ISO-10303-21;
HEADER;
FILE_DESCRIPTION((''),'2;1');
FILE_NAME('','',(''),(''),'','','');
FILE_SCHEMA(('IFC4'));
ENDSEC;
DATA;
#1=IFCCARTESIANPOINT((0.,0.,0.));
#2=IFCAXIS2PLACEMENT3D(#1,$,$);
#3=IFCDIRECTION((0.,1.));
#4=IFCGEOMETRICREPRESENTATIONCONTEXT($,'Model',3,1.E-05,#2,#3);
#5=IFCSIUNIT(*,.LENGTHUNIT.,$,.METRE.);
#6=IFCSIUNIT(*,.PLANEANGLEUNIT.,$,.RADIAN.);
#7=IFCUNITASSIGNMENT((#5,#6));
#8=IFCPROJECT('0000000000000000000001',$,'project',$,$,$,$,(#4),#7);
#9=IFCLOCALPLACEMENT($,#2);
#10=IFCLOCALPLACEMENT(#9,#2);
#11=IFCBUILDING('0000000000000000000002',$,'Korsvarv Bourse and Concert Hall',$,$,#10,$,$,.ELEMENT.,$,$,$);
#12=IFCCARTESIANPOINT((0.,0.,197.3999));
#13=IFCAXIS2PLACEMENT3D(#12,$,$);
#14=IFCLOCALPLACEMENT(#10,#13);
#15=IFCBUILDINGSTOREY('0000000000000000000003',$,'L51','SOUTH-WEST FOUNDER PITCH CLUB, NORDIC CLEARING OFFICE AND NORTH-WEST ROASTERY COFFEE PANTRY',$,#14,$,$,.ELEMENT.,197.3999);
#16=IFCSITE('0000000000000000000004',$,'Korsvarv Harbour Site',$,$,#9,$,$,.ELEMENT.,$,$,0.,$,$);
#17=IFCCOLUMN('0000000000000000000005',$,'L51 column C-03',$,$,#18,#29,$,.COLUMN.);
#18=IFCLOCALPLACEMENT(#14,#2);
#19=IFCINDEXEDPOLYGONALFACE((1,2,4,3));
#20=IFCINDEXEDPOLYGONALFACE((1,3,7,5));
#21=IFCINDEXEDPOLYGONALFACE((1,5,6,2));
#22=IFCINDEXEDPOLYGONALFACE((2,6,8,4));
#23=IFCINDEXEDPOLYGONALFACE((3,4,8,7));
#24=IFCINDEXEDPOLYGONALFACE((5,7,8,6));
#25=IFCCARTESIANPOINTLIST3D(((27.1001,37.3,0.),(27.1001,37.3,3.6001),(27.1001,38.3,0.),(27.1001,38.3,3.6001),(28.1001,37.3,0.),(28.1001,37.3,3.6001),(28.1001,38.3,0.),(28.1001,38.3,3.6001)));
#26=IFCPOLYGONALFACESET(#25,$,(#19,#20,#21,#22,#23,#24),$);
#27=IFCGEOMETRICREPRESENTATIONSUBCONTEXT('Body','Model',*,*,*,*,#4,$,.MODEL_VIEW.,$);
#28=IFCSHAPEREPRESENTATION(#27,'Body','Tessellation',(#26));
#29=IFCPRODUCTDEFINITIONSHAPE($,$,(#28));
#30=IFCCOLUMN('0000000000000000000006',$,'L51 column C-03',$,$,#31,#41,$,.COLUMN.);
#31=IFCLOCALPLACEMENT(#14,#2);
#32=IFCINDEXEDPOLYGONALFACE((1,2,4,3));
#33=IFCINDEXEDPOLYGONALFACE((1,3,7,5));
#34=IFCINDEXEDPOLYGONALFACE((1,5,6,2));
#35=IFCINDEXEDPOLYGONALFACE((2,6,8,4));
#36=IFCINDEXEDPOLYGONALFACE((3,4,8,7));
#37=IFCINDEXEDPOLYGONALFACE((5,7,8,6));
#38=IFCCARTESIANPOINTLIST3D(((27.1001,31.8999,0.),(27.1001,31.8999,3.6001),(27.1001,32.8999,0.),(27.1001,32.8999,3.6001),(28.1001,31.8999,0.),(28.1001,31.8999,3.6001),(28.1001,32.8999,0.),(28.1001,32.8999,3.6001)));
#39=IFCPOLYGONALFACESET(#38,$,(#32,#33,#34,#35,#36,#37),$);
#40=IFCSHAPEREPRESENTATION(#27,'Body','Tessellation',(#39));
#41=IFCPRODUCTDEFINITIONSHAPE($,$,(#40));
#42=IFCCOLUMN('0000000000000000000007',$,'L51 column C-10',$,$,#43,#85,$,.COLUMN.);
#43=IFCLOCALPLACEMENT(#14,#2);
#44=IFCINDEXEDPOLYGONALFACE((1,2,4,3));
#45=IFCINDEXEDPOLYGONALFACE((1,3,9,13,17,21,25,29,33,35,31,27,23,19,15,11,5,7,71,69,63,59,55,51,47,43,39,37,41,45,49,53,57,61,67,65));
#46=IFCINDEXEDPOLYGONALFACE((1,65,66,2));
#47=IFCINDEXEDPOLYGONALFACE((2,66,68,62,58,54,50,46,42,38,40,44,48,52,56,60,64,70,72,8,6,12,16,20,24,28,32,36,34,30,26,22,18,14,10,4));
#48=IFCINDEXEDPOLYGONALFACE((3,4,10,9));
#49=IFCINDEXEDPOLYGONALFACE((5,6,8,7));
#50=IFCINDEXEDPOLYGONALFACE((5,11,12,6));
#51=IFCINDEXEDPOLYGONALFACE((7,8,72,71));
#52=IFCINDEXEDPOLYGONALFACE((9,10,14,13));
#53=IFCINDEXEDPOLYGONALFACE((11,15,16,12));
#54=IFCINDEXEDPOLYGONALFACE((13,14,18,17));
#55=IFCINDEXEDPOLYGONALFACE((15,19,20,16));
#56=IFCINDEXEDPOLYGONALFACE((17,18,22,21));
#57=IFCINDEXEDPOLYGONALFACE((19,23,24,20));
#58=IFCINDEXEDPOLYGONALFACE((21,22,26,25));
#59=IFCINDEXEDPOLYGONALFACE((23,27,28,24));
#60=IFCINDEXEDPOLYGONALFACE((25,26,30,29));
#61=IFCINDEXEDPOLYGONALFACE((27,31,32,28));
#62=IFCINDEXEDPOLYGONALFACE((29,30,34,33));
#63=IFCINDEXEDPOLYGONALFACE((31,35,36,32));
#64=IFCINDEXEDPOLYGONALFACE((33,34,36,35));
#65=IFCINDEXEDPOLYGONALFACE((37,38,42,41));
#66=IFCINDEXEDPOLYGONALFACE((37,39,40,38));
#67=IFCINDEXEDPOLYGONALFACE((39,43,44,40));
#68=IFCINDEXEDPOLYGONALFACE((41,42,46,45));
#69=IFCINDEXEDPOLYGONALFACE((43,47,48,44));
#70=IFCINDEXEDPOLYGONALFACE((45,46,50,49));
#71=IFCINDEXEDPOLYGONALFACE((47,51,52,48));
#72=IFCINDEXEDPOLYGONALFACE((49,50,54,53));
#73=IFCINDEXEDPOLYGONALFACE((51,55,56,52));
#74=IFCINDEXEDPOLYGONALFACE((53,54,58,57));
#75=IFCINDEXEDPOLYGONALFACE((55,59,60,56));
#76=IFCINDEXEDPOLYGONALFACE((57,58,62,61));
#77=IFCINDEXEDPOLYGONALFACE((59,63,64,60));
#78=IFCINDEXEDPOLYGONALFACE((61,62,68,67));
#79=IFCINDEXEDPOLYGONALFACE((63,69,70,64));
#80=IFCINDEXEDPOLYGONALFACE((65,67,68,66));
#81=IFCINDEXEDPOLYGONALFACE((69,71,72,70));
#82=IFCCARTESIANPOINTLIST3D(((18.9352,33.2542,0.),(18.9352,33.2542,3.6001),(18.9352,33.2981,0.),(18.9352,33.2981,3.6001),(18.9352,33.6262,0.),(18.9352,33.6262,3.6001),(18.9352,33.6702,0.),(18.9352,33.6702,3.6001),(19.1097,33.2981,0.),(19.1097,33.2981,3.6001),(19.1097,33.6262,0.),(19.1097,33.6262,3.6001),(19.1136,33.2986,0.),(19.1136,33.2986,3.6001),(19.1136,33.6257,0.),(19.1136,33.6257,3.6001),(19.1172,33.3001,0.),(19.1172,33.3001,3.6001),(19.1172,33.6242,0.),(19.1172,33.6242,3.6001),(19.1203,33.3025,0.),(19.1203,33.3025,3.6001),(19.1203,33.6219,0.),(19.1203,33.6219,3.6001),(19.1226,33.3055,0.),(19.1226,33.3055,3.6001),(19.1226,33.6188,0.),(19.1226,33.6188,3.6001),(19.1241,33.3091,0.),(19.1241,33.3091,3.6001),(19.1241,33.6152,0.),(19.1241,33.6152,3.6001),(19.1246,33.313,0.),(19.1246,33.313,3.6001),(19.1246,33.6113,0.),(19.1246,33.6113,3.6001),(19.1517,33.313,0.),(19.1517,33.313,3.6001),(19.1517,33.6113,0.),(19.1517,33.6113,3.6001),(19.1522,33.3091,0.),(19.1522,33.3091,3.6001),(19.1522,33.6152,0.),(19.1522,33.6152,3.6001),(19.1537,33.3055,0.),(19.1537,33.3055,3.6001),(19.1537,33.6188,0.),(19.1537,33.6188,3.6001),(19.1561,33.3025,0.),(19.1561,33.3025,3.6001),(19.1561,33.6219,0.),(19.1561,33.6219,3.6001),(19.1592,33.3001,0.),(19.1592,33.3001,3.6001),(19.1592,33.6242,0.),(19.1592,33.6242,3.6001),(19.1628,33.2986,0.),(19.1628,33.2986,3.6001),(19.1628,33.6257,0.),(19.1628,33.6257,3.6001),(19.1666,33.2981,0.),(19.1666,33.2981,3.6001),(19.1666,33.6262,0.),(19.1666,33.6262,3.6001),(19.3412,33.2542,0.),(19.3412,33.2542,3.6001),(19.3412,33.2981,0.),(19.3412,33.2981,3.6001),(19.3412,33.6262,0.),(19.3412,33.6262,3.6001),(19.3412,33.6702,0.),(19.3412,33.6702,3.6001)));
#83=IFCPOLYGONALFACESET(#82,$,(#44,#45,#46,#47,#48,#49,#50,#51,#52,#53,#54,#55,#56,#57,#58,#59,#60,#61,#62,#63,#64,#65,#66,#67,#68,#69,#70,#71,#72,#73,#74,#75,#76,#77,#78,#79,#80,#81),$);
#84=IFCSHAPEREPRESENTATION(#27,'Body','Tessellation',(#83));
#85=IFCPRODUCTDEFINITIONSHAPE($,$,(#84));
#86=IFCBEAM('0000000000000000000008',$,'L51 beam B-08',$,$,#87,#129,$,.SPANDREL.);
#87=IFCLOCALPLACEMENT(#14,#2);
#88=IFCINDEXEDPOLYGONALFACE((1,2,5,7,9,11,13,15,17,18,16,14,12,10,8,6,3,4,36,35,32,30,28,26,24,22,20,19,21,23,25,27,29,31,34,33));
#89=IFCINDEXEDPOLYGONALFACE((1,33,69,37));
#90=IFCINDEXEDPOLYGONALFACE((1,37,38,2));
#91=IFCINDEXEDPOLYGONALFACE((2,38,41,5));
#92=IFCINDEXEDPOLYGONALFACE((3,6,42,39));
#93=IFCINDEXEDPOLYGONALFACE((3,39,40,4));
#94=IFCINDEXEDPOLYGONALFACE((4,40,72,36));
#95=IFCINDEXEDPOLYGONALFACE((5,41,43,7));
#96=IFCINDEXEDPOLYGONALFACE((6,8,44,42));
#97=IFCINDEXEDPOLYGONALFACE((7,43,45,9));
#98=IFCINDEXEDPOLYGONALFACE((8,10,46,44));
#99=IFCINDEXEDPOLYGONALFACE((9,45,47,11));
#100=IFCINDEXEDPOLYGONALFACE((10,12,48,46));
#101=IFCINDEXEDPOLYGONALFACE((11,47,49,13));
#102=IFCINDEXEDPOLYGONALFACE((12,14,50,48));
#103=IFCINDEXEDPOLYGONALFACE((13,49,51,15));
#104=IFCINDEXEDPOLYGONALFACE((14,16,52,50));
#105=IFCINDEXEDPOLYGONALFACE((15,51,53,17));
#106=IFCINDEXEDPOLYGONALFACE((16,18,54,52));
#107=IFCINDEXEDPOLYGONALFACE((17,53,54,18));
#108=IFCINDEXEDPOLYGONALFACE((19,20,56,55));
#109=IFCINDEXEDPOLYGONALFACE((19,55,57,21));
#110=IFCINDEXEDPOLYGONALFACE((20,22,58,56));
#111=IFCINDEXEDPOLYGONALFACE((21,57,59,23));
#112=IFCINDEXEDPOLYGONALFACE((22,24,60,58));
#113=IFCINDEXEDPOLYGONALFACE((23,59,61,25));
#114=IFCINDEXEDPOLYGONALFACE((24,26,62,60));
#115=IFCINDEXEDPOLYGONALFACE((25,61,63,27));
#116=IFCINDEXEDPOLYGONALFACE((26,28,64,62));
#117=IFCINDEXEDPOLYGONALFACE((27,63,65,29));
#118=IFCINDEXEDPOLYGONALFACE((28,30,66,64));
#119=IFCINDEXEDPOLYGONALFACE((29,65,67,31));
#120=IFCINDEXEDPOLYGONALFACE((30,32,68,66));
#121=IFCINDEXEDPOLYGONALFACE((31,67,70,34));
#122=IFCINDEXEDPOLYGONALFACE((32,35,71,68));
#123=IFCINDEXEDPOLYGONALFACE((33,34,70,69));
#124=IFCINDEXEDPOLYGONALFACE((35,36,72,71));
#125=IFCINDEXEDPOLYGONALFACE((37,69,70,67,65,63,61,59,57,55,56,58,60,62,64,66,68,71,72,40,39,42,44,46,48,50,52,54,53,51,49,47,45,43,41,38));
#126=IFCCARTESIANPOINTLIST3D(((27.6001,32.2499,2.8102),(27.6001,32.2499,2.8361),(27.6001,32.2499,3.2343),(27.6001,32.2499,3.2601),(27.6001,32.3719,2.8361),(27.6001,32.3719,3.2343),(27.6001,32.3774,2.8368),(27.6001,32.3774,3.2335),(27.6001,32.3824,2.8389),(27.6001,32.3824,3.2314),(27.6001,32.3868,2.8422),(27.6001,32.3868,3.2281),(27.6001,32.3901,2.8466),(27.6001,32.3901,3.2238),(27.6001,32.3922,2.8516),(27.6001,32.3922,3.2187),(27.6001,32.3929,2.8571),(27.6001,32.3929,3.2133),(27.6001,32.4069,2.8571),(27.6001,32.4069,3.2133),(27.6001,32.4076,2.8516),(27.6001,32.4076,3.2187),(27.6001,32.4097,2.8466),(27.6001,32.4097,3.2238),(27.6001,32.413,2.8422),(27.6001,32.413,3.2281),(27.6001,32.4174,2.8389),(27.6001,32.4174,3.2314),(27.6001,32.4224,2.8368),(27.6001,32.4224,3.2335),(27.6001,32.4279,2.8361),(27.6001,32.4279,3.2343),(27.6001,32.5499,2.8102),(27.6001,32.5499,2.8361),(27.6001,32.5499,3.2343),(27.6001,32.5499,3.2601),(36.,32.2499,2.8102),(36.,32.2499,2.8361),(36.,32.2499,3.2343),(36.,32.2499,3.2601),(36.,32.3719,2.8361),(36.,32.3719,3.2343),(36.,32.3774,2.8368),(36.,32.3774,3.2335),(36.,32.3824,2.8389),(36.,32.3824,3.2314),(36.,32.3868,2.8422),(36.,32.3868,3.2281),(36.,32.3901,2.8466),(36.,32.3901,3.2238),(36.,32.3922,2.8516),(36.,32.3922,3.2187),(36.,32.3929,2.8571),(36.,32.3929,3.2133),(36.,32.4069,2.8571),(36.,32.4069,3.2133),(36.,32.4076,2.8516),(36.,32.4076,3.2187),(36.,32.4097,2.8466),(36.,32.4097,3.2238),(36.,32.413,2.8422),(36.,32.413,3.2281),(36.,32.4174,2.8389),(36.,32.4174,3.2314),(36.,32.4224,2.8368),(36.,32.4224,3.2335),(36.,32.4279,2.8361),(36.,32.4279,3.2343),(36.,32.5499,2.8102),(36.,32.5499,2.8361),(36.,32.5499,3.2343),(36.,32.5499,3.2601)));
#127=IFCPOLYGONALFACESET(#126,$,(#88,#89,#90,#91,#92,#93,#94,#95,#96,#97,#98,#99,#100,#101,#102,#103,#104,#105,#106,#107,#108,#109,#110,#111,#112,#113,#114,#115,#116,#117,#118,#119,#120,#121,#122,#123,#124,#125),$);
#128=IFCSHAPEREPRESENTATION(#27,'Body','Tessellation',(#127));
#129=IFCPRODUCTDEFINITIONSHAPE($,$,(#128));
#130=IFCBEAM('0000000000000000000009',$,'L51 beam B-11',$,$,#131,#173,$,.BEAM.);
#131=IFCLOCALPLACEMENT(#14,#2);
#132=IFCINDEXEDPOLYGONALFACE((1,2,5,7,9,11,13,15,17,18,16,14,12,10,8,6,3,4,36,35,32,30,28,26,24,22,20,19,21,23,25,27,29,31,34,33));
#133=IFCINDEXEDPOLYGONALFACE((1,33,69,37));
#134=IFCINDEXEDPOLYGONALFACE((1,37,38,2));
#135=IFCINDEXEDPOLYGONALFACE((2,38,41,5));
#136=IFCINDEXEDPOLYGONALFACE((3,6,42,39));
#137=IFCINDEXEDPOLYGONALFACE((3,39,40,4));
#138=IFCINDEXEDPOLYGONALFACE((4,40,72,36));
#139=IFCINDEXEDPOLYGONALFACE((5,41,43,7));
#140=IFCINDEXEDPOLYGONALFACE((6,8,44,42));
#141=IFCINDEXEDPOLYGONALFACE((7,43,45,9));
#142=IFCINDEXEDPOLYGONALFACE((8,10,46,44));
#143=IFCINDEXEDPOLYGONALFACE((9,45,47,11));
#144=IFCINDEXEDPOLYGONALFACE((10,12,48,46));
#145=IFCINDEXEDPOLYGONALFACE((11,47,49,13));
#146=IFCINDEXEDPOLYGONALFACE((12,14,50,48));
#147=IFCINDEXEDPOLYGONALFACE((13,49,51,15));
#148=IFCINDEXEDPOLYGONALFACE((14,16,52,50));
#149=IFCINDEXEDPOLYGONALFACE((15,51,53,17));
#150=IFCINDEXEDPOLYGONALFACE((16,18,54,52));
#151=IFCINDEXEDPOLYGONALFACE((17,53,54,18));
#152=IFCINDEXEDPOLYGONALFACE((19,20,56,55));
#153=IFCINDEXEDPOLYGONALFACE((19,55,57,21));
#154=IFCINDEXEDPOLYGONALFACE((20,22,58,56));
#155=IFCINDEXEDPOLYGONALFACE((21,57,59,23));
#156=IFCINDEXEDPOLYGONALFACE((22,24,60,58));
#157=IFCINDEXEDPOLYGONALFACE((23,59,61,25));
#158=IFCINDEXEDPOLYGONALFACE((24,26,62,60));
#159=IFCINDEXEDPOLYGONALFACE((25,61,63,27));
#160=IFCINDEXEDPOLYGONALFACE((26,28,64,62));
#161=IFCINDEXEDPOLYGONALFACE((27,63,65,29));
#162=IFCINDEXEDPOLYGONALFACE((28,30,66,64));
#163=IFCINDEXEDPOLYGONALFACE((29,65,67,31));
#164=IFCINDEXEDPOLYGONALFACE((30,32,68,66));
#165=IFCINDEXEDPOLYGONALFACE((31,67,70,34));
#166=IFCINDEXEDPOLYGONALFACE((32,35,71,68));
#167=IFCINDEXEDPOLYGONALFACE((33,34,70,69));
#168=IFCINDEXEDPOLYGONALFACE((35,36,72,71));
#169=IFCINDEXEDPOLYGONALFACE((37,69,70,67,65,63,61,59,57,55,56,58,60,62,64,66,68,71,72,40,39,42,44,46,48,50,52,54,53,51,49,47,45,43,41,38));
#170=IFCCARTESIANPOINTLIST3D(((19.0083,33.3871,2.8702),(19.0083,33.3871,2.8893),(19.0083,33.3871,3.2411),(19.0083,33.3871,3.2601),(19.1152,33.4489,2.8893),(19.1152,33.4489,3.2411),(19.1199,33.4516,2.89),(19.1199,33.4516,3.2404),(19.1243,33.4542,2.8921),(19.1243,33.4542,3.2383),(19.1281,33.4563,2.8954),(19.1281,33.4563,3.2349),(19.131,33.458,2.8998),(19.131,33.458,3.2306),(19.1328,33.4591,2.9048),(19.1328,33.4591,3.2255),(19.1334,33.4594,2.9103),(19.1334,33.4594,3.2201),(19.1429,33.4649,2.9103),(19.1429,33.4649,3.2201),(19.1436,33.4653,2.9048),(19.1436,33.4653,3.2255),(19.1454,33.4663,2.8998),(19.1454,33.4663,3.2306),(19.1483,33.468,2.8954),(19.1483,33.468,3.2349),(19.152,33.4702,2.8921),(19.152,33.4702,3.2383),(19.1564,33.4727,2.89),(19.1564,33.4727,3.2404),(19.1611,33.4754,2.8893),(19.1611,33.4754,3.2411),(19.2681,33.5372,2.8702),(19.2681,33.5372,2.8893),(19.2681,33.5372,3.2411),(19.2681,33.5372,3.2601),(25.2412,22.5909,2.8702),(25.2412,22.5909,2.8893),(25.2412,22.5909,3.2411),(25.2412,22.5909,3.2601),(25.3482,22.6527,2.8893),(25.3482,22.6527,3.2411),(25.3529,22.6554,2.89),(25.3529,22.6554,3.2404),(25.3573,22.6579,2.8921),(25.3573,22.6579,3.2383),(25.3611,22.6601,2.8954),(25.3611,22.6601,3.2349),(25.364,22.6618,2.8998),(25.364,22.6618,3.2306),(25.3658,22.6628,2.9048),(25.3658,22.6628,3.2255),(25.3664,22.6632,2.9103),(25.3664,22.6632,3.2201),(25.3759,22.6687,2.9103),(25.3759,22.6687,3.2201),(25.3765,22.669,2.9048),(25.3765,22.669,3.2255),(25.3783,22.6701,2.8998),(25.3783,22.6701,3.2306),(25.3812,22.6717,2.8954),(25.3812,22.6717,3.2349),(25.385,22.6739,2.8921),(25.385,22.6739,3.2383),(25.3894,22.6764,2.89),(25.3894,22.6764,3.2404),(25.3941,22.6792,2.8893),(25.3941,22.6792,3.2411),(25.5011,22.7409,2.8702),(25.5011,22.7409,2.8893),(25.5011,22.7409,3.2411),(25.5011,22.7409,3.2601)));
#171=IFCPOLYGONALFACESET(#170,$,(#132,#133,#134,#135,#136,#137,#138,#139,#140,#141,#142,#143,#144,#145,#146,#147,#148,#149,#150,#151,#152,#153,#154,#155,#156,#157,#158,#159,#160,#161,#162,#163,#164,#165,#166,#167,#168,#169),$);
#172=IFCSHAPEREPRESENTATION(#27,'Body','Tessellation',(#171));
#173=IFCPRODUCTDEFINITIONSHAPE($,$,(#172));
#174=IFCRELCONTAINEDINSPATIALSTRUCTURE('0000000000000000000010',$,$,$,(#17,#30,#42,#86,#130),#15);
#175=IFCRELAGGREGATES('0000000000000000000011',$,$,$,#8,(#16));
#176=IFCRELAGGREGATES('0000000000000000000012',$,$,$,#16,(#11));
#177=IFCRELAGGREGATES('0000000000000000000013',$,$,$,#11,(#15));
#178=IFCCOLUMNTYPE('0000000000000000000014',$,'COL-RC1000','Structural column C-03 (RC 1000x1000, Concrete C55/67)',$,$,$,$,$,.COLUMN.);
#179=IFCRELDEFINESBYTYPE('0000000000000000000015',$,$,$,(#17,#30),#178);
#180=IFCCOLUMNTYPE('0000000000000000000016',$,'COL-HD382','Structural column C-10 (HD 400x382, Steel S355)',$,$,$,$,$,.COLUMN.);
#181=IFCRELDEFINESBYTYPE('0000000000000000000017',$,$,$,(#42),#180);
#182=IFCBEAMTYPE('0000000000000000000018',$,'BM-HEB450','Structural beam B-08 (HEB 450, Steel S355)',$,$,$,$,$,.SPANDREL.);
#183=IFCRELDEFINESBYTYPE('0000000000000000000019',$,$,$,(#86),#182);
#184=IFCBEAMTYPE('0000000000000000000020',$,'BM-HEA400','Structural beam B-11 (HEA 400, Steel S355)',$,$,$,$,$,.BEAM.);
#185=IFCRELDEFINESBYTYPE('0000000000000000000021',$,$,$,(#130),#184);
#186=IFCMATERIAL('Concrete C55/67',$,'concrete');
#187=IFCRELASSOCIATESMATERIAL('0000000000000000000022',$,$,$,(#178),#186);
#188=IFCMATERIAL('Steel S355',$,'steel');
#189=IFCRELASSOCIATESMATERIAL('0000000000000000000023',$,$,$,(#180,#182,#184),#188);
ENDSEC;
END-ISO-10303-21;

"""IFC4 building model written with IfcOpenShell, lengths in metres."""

from ifc_helpers import new_model, si_unit, direction, frame, origin, origin_2d, place, context, subcontext, project, spatial, rectangle, i_section, extrude, source, transform, mapped, material, material_profile, profile_set, type_object, element, save


model = new_model("IFC4")

# Units and contexts
model_context = context("Model", 3, precision=1e-05, world=origin(), true_north=direction((0.0, 1.0)))
body_context = subcontext(model_context, "Body", "Model", "MODEL_VIEW")
ifc_project = project(units=[si_unit("LENGTHUNIT", "METRE"), si_unit("PLANEANGLEUNIT", "RADIAN")], contexts=[model_context])

# Site, building, storey
site_placement = place(None, origin())
site = spatial("IfcSite", under=ifc_project, at=site_placement, Name="Korsvarv Harbour Site", CompositionType="ELEMENT", RefElevation=0.0)
building_placement = place(site_placement, origin())
building = spatial("IfcBuilding", under=site, at=building_placement, Name="Korsvarv Bourse and Concert Hall", CompositionType="ELEMENT")
storey_placement = place(building_placement, frame((0.0, 0.0, 197.3999)))
storey = spatial("IfcBuildingStorey", under=building, at=storey_placement, Name="L51", Description="SOUTH-WEST FOUNDER PITCH CLUB, NORDIC CLEARING OFFICE AND NORTH-WEST ROASTERY COFFEE PANTRY", CompositionType="ELEMENT", Elevation=197.3999)

# Columns
ifc_material_1 = material(Name="Concrete C55/67", Category="concrete")
ifc_material_profile_1 = material_profile(ifc_material_1, rectangle(XDim=1.0, YDim=1.0, at=origin_2d()), Name="RC 1000x1000")
ifc_profile_set_1 = profile_set([ifc_material_profile_1], Name="Concrete C55/67")
column_type_1 = type_object("IfcColumnType", Name="COL-RC1000", Description="Structural column C-03 (RC 1000x1000, Concrete C55/67)", PredefinedType="COLUMN", material=ifc_profile_set_1)
shared_shape_1 = source(origin(), body_context, "Body", "SweptSolid", [
    extrude(rectangle(XDim=1.0, YDim=1.0, at=origin_2d()), origin(), (0.0, 0.0, 1.0), 3.6001),
])
for number, where, z_axis, x_axis, name in (
    (1, (27.6001, 37.8, 0.0), (0.0, 0.0, 1.0), (1.0, 0.0, 0.0), "L51 column C-03"),
    (2, (27.6001, 32.3999, 0.0), (0.0, 0.0, 1.0), (1.0, 0.0, 0.0), "L51 column C-03"),
):
    element("IfcColumn", number, at=place(storey_placement, frame(where, z_axis=z_axis, x_axis=x_axis)), inside=storey, type_object=column_type_1, Name=name, PredefinedType="COLUMN", context=body_context, shape_type="MappedRepresentation", body=[
        mapped(shared_shape_1, transform((0.0, 0.0, 0.0), scale=1.0)),
    ])
ifc_material_2 = material(Name="Steel S355", Category="steel")
ifc_material_profile_2 = material_profile(ifc_material_2, i_section(OverallWidth=0.406, OverallDepth=0.416, WebThickness=0.0271, FlangeThickness=0.0439, FilletRadius=0.0149, at=origin_2d()), Name="HD 400x382")
ifc_profile_set_2 = profile_set([ifc_material_profile_2], Name="Steel S355")
column_type_2 = type_object("IfcColumnType", Name="COL-HD382", Description="Structural column C-10 (HD 400x382, Steel S355)", PredefinedType="COLUMN", material=ifc_profile_set_2)
shared_shape_2 = source(origin(), body_context, "Body", "SweptSolid", [
    extrude(i_section(OverallWidth=0.406, OverallDepth=0.416, WebThickness=0.0271, FlangeThickness=0.0439, FilletRadius=0.0149, at=origin_2d()), origin(), (0.0, 0.0, 1.0), 3.6001),
])
column_placement = place(storey_placement, frame((19.1382, 33.4622, 0.0), z_axis=(0.0, 0.0, 1.0), x_axis=(1.0, 0.0, 0.0)))
element("IfcColumn", 3, at=column_placement, inside=storey, type_object=column_type_2, Name="L51 column C-10", PredefinedType="COLUMN", context=body_context, shape_type="MappedRepresentation", body=[
    mapped(shared_shape_2, transform((0.0, 0.0, 0.0), scale=1.0)),
])

# Beams
ifc_material_profile_3 = material_profile(ifc_material_2, i_section(OverallWidth=0.3, OverallDepth=0.45, WebThickness=0.0139, FlangeThickness=0.0259, FilletRadius=0.021, at=origin_2d()), Name="HEB 450")
ifc_profile_set_3 = profile_set([ifc_material_profile_3], Name="Steel S355")
beam_type_1 = type_object("IfcBeamType", Name="BM-HEB450", Description="Structural beam B-08 (HEB 450, Steel S355)", PredefinedType="SPANDREL", material=ifc_profile_set_3)
shared_shape_3 = source(origin(), body_context, "Body", "SweptSolid", [
    extrude(i_section(OverallWidth=0.3, OverallDepth=0.45, WebThickness=0.0139, FlangeThickness=0.0259, FilletRadius=0.021, at=origin_2d()), origin(), (0.0, 0.0, 1.0), 8.3999),
])
beam_1_placement = place(storey_placement, frame((27.6001, 32.3999, 3.0352), z_axis=(1.0, 0.0, 0.0), x_axis=(0.0, 1.0, 0.0)))
element("IfcBeam", 4, at=beam_1_placement, inside=storey, type_object=beam_type_1, Name="L51 beam B-08", PredefinedType="SPANDREL", context=body_context, shape_type="MappedRepresentation", body=[
    mapped(shared_shape_3, transform((0.0, 0.0, 0.0), scale=1.0)),
])
ifc_material_profile_4 = material_profile(ifc_material_2, i_section(OverallWidth=0.3, OverallDepth=0.3899, WebThickness=0.011, FlangeThickness=0.019, FilletRadius=0.021, at=origin_2d()), Name="HEA 400")
ifc_profile_set_4 = profile_set([ifc_material_profile_4], Name="Steel S355")
beam_type_2 = type_object("IfcBeamType", Name="BM-HEA400", Description="Structural beam B-11 (HEA 400, Steel S355)", PredefinedType="BEAM", material=ifc_profile_set_4)
shared_shape_4 = source(origin(), body_context, "Body", "SweptSolid", [
    extrude(i_section(OverallWidth=0.3, OverallDepth=0.3899, WebThickness=0.011, FlangeThickness=0.019, FilletRadius=0.021, at=origin_2d()), origin(), (0.0, 0.0, 1.0), 12.4663),
])
beam_2_placement = place(storey_placement, frame((19.1382, 33.4622, 3.0652), z_axis=(0.499985, -0.866034, 0.0), x_axis=(0.866034, 0.499985, 0.0)))
element("IfcBeam", 5, at=beam_2_placement, inside=storey, type_object=beam_type_2, Name="L51 beam B-11", PredefinedType="BEAM", context=body_context, shape_type="MappedRepresentation", body=[
    mapped(shared_shape_4, transform((0.0, 0.0, 0.0), scale=1.0)),
])

save(model, "model.ifc")
